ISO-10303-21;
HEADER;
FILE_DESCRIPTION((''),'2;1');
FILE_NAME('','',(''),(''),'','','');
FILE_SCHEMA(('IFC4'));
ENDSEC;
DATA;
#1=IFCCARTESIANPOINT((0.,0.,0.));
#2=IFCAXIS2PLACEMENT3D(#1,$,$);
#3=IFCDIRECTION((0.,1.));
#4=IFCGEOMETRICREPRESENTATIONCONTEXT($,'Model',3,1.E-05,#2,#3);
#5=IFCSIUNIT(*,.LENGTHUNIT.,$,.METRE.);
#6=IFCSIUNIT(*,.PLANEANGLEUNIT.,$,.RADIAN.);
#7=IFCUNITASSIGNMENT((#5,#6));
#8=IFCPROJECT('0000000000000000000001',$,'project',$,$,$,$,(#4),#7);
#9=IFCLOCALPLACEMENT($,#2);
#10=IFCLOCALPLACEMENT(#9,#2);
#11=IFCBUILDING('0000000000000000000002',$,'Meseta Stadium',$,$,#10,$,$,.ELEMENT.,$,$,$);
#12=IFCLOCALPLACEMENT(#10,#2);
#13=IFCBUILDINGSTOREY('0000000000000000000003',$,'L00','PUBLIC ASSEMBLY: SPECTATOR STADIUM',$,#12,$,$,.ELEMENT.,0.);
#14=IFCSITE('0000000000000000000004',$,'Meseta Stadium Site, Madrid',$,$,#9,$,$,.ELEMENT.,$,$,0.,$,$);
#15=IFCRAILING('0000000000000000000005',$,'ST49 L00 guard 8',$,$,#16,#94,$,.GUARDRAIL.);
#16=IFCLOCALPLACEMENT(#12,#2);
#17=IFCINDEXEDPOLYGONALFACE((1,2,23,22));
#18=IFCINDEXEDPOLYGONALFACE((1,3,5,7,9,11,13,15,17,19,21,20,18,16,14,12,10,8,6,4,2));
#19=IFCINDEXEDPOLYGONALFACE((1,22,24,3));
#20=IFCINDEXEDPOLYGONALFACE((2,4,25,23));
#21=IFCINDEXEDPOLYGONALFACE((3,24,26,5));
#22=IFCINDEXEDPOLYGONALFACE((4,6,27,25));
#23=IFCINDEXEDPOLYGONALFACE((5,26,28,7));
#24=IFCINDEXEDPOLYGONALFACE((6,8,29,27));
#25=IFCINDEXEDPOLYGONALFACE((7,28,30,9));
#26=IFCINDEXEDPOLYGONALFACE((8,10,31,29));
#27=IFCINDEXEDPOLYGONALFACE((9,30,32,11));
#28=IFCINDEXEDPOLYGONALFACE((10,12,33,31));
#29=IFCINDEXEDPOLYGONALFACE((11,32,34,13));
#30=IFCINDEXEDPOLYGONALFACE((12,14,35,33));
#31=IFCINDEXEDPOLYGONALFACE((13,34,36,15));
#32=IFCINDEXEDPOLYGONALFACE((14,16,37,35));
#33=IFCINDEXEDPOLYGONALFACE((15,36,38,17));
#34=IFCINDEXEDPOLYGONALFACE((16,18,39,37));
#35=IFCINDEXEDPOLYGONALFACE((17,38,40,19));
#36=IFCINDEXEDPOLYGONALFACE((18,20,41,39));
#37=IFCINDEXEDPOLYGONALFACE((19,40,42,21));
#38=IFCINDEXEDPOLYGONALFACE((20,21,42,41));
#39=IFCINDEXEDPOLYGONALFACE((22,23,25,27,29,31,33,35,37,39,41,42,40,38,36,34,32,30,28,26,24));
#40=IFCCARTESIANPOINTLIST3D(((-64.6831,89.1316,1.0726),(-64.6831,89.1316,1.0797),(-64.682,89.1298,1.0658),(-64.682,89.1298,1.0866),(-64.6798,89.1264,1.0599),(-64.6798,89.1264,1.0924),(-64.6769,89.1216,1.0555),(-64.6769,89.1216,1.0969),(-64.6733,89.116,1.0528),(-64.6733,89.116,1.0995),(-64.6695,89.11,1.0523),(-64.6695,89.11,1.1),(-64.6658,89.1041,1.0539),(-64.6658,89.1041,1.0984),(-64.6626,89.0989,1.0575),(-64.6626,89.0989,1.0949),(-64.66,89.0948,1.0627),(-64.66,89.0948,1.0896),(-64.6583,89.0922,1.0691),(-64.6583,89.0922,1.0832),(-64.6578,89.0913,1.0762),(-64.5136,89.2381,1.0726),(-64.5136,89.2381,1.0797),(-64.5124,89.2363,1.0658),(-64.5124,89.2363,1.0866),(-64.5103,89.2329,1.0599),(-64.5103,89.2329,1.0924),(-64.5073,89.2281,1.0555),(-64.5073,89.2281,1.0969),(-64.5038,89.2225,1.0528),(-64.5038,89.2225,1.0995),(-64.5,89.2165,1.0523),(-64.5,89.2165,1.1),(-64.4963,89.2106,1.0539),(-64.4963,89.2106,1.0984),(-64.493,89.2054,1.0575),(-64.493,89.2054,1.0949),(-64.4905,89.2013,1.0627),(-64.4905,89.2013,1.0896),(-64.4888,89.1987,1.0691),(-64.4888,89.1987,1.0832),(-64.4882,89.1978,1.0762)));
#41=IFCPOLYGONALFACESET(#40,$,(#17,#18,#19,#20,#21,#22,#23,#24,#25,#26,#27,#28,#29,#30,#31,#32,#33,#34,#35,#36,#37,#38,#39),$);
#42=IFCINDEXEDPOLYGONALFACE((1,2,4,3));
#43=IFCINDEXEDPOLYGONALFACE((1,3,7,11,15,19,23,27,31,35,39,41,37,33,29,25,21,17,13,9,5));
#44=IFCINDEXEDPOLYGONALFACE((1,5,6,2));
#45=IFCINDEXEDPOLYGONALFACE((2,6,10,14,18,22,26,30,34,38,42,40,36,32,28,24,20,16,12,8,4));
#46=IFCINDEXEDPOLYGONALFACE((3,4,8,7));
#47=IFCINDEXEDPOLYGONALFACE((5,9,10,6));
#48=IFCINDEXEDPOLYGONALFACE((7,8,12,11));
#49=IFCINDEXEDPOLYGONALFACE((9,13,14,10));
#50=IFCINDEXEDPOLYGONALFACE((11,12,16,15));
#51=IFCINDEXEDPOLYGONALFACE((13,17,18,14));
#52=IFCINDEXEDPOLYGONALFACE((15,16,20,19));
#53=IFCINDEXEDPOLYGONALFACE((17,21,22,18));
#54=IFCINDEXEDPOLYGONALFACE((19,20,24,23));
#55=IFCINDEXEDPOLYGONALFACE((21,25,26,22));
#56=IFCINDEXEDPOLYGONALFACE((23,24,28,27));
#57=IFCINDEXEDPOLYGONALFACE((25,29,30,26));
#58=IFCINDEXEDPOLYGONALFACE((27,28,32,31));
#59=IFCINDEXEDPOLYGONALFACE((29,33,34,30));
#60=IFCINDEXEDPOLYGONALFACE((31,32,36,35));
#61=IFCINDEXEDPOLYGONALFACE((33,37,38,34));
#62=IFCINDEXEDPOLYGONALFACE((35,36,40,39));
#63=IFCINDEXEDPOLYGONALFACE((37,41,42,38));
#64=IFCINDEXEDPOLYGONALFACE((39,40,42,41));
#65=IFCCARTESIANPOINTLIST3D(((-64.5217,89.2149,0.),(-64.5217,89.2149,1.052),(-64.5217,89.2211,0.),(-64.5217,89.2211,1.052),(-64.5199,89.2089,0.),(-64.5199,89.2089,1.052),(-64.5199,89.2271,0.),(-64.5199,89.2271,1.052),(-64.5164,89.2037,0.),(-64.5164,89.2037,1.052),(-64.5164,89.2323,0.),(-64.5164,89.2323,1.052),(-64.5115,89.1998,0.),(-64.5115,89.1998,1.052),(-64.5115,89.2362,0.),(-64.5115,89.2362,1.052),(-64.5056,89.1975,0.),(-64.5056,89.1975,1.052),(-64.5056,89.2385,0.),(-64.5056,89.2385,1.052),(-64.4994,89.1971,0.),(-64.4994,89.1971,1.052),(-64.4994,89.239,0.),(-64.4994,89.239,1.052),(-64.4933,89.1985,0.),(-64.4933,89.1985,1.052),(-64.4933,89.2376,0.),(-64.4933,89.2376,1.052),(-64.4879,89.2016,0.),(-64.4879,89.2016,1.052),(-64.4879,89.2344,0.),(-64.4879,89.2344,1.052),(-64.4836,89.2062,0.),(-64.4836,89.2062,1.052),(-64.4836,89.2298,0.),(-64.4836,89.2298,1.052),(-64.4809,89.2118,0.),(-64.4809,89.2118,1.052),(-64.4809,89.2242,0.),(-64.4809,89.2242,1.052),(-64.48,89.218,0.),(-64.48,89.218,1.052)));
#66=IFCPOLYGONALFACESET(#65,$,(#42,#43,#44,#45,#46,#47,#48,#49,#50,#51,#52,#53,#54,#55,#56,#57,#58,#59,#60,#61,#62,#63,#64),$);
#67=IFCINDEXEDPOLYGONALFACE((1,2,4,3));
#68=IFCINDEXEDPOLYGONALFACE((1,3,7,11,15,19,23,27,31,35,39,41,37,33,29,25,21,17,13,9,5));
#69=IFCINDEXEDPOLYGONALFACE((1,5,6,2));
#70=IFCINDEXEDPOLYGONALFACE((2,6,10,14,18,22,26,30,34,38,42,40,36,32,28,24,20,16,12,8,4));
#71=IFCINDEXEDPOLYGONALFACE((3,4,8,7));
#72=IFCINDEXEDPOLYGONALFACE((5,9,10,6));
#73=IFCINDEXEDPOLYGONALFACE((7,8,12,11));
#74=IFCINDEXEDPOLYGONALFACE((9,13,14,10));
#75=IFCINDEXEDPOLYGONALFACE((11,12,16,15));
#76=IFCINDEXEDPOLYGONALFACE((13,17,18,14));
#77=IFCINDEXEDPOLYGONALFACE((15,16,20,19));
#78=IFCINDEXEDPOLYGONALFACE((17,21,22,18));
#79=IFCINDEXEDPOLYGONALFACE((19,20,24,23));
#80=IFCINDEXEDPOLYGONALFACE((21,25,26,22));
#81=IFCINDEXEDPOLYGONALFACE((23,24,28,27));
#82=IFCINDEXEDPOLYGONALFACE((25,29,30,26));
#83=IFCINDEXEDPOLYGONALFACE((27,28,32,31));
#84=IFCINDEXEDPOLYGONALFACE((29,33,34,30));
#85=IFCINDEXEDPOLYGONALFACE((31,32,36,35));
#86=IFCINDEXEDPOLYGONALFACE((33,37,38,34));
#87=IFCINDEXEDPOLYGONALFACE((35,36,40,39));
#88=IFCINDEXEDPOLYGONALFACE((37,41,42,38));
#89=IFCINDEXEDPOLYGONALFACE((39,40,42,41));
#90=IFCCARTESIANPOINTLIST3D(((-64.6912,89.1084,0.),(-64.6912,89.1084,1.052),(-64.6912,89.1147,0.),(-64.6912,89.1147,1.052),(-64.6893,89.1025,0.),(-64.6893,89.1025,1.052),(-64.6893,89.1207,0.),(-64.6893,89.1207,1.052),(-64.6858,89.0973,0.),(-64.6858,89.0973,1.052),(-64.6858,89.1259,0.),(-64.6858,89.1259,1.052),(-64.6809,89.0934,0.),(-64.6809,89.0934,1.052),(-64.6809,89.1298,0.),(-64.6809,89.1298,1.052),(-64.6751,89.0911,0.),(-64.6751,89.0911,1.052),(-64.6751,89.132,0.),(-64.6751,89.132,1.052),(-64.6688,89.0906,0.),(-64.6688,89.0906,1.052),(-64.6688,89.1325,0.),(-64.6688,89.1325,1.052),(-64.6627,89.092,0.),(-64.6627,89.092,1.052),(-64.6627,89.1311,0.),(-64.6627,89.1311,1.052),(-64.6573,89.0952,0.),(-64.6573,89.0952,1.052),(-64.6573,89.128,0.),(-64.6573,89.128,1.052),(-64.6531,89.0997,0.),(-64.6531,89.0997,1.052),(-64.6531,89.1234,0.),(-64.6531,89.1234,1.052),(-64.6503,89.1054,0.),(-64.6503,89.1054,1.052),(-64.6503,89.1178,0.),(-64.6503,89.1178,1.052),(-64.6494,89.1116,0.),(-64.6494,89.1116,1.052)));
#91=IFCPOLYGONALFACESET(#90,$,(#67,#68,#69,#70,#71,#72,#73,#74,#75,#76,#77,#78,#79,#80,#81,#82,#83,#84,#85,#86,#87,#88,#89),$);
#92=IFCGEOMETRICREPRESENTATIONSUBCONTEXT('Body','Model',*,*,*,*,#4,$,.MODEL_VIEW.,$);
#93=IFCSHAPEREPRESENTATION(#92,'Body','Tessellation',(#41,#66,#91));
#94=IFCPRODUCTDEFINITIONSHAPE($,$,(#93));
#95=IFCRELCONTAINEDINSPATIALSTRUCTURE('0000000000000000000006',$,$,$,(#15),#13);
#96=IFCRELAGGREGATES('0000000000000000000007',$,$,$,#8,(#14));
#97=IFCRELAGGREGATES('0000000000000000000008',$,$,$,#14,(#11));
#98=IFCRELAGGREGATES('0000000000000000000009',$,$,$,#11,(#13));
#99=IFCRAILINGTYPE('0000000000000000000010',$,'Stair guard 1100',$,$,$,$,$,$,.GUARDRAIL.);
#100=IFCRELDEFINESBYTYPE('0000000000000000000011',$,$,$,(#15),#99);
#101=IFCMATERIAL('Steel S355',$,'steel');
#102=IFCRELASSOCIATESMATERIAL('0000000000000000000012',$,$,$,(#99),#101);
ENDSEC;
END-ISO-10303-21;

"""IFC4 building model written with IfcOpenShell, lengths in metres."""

from ifc_helpers import new_model, si_unit, direction, frame, origin, origin_2d, place, context, subcontext, project, spatial, circle, extrude, material, type_object, element, save


model = new_model("IFC4")

# Units and contexts
model_context = context("Model", 3, precision=1e-05, world=origin(), true_north=direction((0.0, 1.0)))
body_context = subcontext(model_context, "Body", "Model", "MODEL_VIEW")
ifc_project = project(units=[si_unit("LENGTHUNIT", "METRE"), si_unit("PLANEANGLEUNIT", "RADIAN")], contexts=[model_context])

# Site, building, storey
site_placement = place(None, origin())
site = spatial("IfcSite", under=ifc_project, at=site_placement, Name="Meseta Stadium Site, Madrid", CompositionType="ELEMENT", RefElevation=0.0)
building_placement = place(site_placement, origin())
building = spatial("IfcBuilding", under=site, at=building_placement, Name="Meseta Stadium", CompositionType="ELEMENT")
storey_placement = place(building_placement, origin())
storey = spatial("IfcBuildingStorey", under=building, at=storey_placement, Name="L00", Description="PUBLIC ASSEMBLY: SPECTATOR STADIUM", CompositionType="ELEMENT", Elevation=0.0)

# Railing
ifc_material_1 = material(Name="Steel S355", Category="steel")
railing_type_1 = type_object("IfcRailingType", Name="Stair guard 1100", PredefinedType="GUARDRAIL", material=ifc_material_1)
railing_1_placement = place(storey_placement, frame((-64.501, 89.218, 0.0)))
element("IfcRailing", 1, at=railing_1_placement, inside=storey, type_object=railing_type_1, Name="ST49 L00 guard 8", PredefinedType="GUARDRAIL", context=body_context, shape_type="SweptSolid", body=[
    extrude(circle(Radius=0.0239, at=origin_2d()), frame((0.0, 0.0, 1.0762), z_axis=(-0.846762, -0.531972, 0.0), x_axis=(0.531972, -0.846762, 0.0)), (0.0, 0.0, 1.0), 0.2002),
    extrude(circle(Radius=0.021, at=origin_2d()), origin(), (0.0, 0.0, 1.0), 1.052),
    extrude(circle(Radius=0.021, at=origin_2d()), frame((-0.1694, -0.1064, 0.0)), (0.0, 0.0, 1.0), 1.052),
])

save(model, "model.ifc")
